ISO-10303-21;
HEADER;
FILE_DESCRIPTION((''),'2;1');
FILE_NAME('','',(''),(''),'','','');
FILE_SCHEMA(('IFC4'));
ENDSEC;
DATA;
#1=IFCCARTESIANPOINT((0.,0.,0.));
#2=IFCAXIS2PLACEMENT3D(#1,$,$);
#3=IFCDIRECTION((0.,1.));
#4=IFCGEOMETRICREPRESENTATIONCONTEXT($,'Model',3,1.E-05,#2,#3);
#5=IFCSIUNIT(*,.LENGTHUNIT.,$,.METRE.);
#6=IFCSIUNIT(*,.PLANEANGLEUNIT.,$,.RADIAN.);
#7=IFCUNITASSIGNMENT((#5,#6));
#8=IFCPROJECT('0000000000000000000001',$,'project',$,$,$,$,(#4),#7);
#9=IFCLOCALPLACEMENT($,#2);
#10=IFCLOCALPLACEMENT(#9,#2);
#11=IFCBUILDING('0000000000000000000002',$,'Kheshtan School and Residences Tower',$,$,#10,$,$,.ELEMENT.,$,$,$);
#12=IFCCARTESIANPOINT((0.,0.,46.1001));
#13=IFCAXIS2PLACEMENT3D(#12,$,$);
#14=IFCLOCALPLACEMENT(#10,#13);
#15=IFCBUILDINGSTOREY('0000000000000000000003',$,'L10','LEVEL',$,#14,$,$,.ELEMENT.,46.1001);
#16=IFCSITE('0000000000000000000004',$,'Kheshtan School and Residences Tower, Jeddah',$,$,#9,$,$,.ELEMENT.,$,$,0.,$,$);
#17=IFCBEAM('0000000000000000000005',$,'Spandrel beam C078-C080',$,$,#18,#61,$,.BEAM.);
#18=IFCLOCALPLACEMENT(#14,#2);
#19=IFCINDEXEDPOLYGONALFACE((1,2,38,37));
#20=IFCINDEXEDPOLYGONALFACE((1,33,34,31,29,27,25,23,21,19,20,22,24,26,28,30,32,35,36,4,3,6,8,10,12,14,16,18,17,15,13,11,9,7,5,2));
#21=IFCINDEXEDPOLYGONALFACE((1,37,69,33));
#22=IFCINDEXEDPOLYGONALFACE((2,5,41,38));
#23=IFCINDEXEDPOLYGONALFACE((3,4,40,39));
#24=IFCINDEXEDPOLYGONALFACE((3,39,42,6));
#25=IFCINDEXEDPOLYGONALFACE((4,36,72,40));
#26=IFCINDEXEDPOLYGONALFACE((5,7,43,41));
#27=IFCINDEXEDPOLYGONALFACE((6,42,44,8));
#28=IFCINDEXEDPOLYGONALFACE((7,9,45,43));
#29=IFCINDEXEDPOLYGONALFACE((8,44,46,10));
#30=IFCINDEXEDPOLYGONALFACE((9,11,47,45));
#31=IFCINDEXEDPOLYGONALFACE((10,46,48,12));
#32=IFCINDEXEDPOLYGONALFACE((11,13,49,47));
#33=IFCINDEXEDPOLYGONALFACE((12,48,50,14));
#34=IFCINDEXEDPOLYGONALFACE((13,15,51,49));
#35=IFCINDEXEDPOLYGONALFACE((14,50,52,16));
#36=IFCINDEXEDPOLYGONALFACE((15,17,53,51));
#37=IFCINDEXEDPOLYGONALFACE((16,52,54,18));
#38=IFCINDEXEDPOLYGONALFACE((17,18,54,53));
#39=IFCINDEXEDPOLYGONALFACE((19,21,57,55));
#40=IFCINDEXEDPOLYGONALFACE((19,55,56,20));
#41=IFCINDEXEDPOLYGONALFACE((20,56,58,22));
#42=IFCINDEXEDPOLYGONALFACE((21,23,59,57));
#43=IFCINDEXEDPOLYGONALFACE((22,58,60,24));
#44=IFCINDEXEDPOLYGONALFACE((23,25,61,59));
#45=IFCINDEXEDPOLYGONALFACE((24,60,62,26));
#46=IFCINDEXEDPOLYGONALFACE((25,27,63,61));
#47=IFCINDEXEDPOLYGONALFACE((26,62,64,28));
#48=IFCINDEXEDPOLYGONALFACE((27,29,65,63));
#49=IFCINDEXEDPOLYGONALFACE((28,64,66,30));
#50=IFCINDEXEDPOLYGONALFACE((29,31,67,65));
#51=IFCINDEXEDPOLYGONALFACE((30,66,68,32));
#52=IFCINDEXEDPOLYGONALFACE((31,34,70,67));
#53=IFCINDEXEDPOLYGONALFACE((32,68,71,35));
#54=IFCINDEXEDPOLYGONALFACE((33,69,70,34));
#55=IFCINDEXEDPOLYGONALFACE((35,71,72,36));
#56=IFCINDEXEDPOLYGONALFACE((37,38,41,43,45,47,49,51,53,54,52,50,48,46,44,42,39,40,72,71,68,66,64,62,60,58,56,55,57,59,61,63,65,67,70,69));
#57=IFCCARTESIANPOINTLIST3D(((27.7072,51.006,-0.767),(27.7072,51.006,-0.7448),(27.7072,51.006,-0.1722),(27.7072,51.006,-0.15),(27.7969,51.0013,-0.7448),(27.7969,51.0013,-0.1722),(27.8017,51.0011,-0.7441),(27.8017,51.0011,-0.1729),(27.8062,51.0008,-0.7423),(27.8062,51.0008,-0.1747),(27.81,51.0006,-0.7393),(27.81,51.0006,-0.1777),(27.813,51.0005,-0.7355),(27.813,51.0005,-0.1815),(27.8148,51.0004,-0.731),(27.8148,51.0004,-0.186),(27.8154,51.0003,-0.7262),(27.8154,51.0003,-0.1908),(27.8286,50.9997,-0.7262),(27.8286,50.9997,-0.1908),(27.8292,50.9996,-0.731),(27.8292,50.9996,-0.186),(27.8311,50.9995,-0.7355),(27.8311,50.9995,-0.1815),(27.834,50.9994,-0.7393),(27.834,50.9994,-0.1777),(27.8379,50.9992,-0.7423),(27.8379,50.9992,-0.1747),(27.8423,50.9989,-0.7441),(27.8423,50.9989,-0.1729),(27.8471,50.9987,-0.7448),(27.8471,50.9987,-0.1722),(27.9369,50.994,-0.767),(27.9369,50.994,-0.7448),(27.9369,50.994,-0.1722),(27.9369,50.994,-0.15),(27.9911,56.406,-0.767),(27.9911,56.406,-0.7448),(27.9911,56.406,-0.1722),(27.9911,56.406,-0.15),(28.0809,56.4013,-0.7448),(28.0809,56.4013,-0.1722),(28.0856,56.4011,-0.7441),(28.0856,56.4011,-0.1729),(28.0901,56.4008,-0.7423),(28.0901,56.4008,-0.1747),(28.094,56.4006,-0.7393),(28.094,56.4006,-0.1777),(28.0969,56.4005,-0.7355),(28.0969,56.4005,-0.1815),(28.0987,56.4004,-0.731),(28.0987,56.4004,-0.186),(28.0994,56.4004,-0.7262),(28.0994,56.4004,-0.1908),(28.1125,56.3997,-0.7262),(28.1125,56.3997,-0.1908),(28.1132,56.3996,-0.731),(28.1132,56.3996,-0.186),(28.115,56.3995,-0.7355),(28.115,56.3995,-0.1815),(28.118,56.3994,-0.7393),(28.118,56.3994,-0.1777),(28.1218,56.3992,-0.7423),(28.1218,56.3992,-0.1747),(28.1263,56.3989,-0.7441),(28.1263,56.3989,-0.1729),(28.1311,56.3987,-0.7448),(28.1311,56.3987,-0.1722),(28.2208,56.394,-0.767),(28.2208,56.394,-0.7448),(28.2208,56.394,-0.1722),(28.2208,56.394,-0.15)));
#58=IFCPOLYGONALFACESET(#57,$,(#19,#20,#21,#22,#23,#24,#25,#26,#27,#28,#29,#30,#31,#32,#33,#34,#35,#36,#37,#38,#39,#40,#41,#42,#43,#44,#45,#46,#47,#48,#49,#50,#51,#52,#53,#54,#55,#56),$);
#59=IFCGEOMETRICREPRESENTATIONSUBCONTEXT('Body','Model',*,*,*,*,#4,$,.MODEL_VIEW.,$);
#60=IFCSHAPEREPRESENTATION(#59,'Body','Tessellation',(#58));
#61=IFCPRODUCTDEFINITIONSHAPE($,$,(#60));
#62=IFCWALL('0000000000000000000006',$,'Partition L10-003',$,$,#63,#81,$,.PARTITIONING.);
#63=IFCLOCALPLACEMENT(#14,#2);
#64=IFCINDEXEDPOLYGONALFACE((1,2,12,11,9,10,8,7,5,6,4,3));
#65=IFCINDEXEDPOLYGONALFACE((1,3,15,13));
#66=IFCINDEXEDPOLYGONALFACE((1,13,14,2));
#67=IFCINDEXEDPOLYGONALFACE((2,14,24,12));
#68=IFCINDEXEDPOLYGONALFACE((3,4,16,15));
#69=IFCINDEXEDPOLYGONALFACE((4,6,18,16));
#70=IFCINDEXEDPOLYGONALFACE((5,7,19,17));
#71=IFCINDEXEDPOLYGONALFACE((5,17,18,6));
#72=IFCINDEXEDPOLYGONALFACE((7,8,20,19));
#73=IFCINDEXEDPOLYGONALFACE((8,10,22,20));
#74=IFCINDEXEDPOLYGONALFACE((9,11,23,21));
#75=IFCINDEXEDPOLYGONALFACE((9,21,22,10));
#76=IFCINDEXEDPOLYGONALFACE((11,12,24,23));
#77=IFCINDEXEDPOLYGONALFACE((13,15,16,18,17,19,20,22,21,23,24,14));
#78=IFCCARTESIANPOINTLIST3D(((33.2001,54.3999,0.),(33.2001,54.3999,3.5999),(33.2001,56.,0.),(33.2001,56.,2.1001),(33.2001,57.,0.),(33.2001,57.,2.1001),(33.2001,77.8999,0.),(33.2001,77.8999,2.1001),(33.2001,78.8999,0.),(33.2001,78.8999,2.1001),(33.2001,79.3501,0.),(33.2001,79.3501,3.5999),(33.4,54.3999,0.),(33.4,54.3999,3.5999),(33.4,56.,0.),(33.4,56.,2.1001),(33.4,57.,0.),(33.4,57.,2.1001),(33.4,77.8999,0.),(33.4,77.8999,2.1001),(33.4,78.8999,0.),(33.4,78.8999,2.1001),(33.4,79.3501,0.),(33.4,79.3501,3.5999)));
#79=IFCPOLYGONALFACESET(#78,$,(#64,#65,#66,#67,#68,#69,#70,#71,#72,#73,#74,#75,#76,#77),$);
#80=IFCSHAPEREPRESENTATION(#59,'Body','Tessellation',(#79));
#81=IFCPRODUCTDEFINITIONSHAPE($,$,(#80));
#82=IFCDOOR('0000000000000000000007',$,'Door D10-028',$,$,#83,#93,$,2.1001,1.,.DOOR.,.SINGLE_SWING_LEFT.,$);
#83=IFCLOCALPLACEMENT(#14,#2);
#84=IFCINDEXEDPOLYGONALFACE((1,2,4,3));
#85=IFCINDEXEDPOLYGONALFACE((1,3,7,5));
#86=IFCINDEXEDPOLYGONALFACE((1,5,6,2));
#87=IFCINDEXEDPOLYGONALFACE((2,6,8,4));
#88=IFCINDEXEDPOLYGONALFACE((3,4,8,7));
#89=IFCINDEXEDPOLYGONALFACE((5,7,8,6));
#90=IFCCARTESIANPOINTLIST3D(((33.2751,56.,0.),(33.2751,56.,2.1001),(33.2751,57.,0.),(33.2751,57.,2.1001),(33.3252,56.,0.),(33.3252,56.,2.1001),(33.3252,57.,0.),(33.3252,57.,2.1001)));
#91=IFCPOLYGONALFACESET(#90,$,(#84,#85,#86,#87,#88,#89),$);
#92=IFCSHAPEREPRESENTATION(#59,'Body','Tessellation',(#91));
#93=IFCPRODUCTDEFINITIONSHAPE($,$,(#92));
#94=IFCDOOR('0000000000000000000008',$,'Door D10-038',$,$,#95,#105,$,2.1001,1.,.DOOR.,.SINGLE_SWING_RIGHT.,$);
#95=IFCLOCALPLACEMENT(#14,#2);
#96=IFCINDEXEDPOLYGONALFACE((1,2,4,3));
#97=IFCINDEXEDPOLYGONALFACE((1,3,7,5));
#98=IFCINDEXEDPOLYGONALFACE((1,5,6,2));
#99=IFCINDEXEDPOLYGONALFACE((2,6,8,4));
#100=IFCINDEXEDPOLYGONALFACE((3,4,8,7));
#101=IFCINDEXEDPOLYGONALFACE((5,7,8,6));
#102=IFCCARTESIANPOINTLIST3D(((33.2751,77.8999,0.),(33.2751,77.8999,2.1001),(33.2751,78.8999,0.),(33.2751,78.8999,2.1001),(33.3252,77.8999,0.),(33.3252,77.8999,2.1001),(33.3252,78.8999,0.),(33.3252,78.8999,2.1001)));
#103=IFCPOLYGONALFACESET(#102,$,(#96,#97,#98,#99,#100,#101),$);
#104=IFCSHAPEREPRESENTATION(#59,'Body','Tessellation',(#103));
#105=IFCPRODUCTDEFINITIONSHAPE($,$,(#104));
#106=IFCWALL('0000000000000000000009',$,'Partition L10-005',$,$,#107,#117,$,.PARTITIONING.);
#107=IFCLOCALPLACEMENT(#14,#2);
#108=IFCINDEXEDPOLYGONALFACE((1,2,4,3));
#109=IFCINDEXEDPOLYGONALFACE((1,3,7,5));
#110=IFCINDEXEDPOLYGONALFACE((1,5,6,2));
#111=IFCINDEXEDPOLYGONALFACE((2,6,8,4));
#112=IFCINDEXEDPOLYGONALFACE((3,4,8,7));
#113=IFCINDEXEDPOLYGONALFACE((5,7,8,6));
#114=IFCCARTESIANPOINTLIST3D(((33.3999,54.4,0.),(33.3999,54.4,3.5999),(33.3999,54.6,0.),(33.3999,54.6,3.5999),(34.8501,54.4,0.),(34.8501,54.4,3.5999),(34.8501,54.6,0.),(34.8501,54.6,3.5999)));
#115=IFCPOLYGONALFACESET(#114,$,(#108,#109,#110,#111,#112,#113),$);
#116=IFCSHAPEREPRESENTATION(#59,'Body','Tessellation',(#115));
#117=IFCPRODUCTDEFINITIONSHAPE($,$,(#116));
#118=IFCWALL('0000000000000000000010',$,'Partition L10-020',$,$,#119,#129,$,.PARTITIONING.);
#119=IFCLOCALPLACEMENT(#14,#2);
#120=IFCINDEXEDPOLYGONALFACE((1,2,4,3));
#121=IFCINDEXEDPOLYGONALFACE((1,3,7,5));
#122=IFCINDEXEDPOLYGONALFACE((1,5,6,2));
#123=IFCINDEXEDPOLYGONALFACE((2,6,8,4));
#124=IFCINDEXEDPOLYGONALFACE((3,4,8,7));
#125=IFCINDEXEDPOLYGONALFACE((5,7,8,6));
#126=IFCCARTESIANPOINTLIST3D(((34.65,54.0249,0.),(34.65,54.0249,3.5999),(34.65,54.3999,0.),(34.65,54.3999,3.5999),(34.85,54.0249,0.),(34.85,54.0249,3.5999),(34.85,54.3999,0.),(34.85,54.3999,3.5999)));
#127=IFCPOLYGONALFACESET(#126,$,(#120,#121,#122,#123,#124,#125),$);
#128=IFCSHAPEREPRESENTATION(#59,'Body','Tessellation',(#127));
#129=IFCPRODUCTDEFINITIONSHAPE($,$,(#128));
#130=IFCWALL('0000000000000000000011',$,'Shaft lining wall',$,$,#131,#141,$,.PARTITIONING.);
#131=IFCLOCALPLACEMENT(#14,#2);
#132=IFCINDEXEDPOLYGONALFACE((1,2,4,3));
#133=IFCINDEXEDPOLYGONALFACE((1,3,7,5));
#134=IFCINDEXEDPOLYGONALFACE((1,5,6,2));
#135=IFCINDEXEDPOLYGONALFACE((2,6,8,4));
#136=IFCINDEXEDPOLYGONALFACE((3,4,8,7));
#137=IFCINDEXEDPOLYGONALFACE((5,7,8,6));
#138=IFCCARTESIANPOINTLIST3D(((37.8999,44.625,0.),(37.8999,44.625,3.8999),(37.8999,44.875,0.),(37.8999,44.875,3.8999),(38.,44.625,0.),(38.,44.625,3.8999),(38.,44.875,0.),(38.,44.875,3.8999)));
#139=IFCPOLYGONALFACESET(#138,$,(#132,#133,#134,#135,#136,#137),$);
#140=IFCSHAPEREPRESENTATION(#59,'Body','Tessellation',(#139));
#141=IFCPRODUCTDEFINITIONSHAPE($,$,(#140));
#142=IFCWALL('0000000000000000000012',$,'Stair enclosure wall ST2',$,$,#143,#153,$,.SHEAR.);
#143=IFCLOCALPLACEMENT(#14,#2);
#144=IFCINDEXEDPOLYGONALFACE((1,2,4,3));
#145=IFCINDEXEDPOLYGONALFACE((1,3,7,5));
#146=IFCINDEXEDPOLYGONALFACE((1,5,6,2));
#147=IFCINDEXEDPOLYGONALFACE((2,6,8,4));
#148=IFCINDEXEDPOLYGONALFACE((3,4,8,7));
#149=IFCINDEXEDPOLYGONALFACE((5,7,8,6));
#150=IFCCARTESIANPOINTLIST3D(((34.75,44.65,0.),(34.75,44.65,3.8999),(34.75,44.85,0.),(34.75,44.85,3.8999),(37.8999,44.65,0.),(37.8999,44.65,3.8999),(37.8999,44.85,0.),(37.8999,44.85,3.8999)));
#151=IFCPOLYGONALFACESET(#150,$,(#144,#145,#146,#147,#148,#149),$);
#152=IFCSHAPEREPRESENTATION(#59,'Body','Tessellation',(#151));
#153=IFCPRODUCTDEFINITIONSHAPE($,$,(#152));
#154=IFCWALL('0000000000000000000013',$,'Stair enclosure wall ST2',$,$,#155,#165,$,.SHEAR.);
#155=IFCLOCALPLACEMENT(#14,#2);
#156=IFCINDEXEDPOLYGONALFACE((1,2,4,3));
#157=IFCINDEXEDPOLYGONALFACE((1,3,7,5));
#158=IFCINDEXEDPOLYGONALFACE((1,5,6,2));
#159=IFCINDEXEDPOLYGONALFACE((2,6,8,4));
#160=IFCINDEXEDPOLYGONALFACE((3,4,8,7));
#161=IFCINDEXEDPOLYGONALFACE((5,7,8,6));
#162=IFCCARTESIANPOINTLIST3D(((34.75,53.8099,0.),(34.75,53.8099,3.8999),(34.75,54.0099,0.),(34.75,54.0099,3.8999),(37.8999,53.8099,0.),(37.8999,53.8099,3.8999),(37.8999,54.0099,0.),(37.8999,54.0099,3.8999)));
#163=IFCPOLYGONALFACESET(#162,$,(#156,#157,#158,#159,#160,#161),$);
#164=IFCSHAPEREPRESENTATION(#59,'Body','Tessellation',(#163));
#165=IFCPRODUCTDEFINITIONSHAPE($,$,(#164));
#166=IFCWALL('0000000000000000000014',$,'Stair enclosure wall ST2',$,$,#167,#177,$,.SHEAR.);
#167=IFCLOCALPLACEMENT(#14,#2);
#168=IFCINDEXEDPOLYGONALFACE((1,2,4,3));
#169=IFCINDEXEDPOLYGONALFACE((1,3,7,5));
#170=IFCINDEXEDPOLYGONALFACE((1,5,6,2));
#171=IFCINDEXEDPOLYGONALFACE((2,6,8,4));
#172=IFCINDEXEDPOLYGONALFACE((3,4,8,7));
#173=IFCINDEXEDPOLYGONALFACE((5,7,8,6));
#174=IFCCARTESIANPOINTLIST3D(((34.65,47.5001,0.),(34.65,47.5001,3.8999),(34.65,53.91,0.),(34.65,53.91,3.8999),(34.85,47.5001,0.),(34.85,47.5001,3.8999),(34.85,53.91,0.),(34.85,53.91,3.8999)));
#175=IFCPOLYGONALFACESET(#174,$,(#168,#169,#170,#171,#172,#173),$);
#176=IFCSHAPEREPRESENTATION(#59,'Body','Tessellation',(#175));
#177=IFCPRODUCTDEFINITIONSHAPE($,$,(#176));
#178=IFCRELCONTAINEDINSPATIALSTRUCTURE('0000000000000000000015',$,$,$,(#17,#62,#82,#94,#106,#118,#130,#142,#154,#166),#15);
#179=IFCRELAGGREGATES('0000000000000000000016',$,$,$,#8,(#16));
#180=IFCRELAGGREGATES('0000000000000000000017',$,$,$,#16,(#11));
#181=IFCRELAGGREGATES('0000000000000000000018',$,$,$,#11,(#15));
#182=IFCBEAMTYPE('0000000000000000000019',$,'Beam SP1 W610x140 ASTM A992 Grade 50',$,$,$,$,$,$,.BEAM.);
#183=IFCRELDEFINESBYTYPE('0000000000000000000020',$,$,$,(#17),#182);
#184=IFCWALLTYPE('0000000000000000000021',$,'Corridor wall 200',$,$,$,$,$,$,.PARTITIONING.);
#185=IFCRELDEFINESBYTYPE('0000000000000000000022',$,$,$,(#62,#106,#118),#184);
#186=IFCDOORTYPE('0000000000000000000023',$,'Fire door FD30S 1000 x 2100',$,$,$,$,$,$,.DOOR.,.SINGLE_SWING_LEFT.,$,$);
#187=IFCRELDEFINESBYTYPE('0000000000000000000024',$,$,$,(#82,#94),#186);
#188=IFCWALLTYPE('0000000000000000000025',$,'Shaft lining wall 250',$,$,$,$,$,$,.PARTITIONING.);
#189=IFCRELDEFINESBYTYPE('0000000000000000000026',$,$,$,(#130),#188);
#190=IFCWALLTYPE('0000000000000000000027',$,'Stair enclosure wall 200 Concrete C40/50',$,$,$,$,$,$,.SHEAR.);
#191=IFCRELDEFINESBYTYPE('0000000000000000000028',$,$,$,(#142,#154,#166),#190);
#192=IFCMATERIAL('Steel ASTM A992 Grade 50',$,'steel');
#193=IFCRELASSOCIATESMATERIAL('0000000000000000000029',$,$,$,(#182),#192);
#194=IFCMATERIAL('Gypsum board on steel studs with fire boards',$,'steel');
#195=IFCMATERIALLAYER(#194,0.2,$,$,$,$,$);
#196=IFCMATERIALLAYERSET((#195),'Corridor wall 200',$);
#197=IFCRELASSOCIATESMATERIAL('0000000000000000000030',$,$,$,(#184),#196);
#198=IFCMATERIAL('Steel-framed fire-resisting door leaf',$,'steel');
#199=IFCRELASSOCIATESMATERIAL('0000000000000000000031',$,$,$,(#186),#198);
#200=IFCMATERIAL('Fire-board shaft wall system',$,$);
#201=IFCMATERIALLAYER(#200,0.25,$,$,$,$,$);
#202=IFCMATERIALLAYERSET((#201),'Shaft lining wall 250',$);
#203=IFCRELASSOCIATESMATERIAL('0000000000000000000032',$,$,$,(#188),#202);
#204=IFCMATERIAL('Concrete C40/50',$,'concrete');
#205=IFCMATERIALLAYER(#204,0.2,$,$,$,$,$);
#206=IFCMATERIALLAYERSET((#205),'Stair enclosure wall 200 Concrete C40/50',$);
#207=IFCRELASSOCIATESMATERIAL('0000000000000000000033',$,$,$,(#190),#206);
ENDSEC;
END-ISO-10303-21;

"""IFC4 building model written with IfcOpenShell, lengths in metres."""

from ifc_helpers import new_model, si_unit, direction, frame, frame_2d, origin, origin_2d, place, context, subcontext, project, spatial, rectangle, i_section, extrude, source, transform, mapped, material, layer, layer_set, material_profile, profile_set, type_object, element, fill, save


model = new_model("IFC4")

# Units and contexts
model_context = context("Model", 3, precision=1e-05, world=origin(), true_north=direction((0.0, 1.0)))
body_context = subcontext(model_context, "Body", "Model", "MODEL_VIEW")
ifc_project = project(units=[si_unit("LENGTHUNIT", "METRE"), si_unit("PLANEANGLEUNIT", "RADIAN")], contexts=[model_context])

# Site, building, storey
site_placement = place(None, origin())
site = spatial("IfcSite", under=ifc_project, at=site_placement, Name="Kheshtan School and Residences Tower, Jeddah", CompositionType="ELEMENT", RefElevation=0.0)
building_placement = place(site_placement, origin())
building = spatial("IfcBuilding", under=site, at=building_placement, Name="Kheshtan School and Residences Tower", CompositionType="ELEMENT")
storey_placement = place(building_placement, frame((0.0, 0.0, 46.1001)))
storey = spatial("IfcBuildingStorey", under=building, at=storey_placement, Name="L10", Description="LEVEL", CompositionType="ELEMENT", Elevation=46.1001)

# Shared definitions
ifc_material_1 = material(Name="Steel ASTM A992 Grade 50", Category="steel")

# Beam
ifc_material_profile_1 = material_profile(ifc_material_1, i_section(OverallWidth=0.23, OverallDepth=0.6169, WebThickness=0.0132, FlangeThickness=0.0222, FilletRadius=0.0186, at=origin_2d()), Name="W610x140")
ifc_profile_set_1 = profile_set([ifc_material_profile_1], Name="Steel ASTM A992 Grade 50")
beam_type_1 = type_object("IfcBeamType", Name="Beam SP1 W610x140 ASTM A992 Grade 50", PredefinedType="BEAM", material=ifc_profile_set_1)
for number, where, z_axis, x_axis, name in (
    (1, (27.822, 51.0, -0.4585), (0.052509, 0.99862, 0.0), (-0.99862, 0.052509, 0.0), "Spandrel beam C078-C080"),
):
    element("IfcBeam", number, at=place(storey_placement, frame(where, z_axis=z_axis, x_axis=x_axis)), inside=storey, type_object=beam_type_1, Name=name, PredefinedType="BEAM", context=body_context, shape_type="SweptSolid", body=[
        extrude(i_section(OverallWidth=0.23, OverallDepth=0.6169, WebThickness=0.0132, FlangeThickness=0.0222, FilletRadius=0.0186, at=origin_2d()), origin(), (0.0, 0.0, 1.0), 5.4075),
    ])

# Wall, openings, doors
ifc_material_2 = material(Name="Gypsum board on steel studs with fire boards", Category="steel")
ifc_layer_1 = layer(ifc_material_2, 0.2)
ifc_layer_set_1 = layer_set([ifc_layer_1], Name="Corridor wall 200")
wall_type_1 = type_object("IfcWallType", Name="Corridor wall 200", PredefinedType="PARTITIONING", material=ifc_layer_set_1)
wall_1_placement = place(storey_placement, frame((33.3, 54.3999, 0.0), z_axis=(0.0, 0.0, 1.0), x_axis=(0.0, 1.0, 0.0)))
wall_1 = element("IfcWall", 2, at=wall_1_placement, inside=storey, type_object=wall_type_1, Name="Partition L10-003", PredefinedType="PARTITIONING", context=body_context, shape_type="SweptSolid", body=[
    extrude(rectangle(XDim=24.9502, YDim=0.2, at=frame_2d((12.4751, 0.0))), origin(), (0.0, 0.0, 1.0), 3.5999),
])
opening_1_placement = place(wall_1_placement, frame((1.6001, 0.0, 0.0)))
opening_1 = element("IfcOpeningElement", 3, at=opening_1_placement, cuts=wall_1, PredefinedType="OPENING", context=body_context, shape_type="SweptSolid", body=[
    extrude(rectangle(XDim=1.0, YDim=2.1001, at=frame_2d((0.5, 1.05))), frame((0.0, 0.1099, 0.0), z_axis=(0.0, -1.0, 0.0), x_axis=(1.0, 0.0, 0.0)), (0.0, 0.0, 1.0), 0.22),
])
opening_2_placement = place(wall_1_placement, frame((23.5, 0.0, 0.0)))
opening_2 = element("IfcOpeningElement", 4, at=opening_2_placement, cuts=wall_1, PredefinedType="OPENING", context=body_context, shape_type="SweptSolid", body=[
    extrude(rectangle(XDim=1.0, YDim=2.1001, at=frame_2d((0.5, 1.05))), frame((0.0, 0.1099, 0.0), z_axis=(0.0, -1.0, 0.0), x_axis=(1.0, 0.0, 0.0)), (0.0, 0.0, 1.0), 0.22),
])
ifc_material_3 = material(Name="Steel-framed fire-resisting door leaf", Category="steel")
door_type_1 = type_object("IfcDoorType", Name="Fire door FD30S 1000 x 2100", OperationType="SINGLE_SWING_LEFT", PredefinedType="DOOR", material=ifc_material_3)
shared_shape_1 = source(origin(), body_context, "Body", "SweptSolid", [
    extrude(rectangle(XDim=1.0, YDim=2.1001, at=frame_2d((0.5, 1.05))), frame((0.0, 0.0249, 0.0), z_axis=(0.0, -1.0, 0.0), x_axis=(1.0, 0.0, 0.0)), (0.0, 0.0, 1.0), 0.05),
])
door_1_placement = place(opening_1_placement, origin())
door_1 = element("IfcDoor", 5, at=door_1_placement, inside=storey, type_object=door_type_1, Name="Door D10-028", OperationType="SINGLE_SWING_LEFT", OverallHeight=2.1001, OverallWidth=1.0, PredefinedType="DOOR", context=body_context, shape_type="MappedRepresentation", body=[
    mapped(shared_shape_1, transform((0.0, 0.0, 0.0), x_axis=(1.0, 0.0, 0.0), y_axis=(0.0, 1.0, 0.0), z_axis=(0.0, 0.0, 1.0), scale=1.0)),
])
fill(opening_1, door_1)
door_2_placement = place(opening_2_placement, origin())
door_2 = element("IfcDoor", 6, at=door_2_placement, inside=storey, type_object=door_type_1, Name="Door D10-038", OperationType="SINGLE_SWING_RIGHT", OverallHeight=2.1001, OverallWidth=1.0, PredefinedType="DOOR", context=body_context, shape_type="MappedRepresentation", body=[
    mapped(shared_shape_1, transform((0.0, 0.0, 0.0), x_axis=(1.0, 0.0, 0.0), y_axis=(0.0, 1.0, 0.0), z_axis=(0.0, 0.0, 1.0), scale=1.0)),
])
fill(opening_2, door_2)

# Walls
wall_2_placement = place(storey_placement, frame((33.3999, 54.5, 0.0), z_axis=(0.0, 0.0, 1.0), x_axis=(1.0, 0.0, 0.0)))
element("IfcWall", 7, at=wall_2_placement, inside=storey, type_object=wall_type_1, Name="Partition L10-005", PredefinedType="PARTITIONING", context=body_context, shape_type="SweptSolid", body=[
    extrude(rectangle(XDim=1.4502, YDim=0.2, at=frame_2d((0.7251, 0.0))), origin(), (0.0, 0.0, 1.0), 3.5999),
])
wall_3_placement = place(storey_placement, frame((34.75, 54.0249, 0.0), z_axis=(0.0, 0.0, 1.0), x_axis=(0.0, 1.0, 0.0)))
element("IfcWall", 8, at=wall_3_placement, inside=storey, type_object=wall_type_1, Name="Partition L10-020", PredefinedType="PARTITIONING", context=body_context, shape_type="SweptSolid", body=[
    extrude(rectangle(XDim=0.375, YDim=0.2, at=frame_2d((0.1875, 0.0))), origin(), (0.0, 0.0, 1.0), 3.5999),
])
ifc_material_4 = material(Name="Fire-board shaft wall system")
ifc_layer_2 = layer(ifc_material_4, 0.25)
ifc_layer_set_2 = layer_set([ifc_layer_2], Name="Shaft lining wall 250")
wall_type_2 = type_object("IfcWallType", Name="Shaft lining wall 250", PredefinedType="PARTITIONING", material=ifc_layer_set_2)
wall_4_placement = place(storey_placement, frame((37.8999, 44.75, 0.0), z_axis=(0.0, 0.0, 1.0), x_axis=(1.0, 0.0, 0.0)))
element("IfcWall", 9, at=wall_4_placement, inside=storey, type_object=wall_type_2, Name="Shaft lining wall", PredefinedType="PARTITIONING", context=body_context, shape_type="SweptSolid", body=[
    extrude(rectangle(XDim=0.1001, YDim=0.25, at=frame_2d((0.05, 0.0))), origin(), (0.0, 0.0, 1.0), 3.8999),
])
ifc_material_5 = material(Name="Concrete C40/50", Category="concrete")
ifc_layer_3 = layer(ifc_material_5, 0.2)
ifc_layer_set_3 = layer_set([ifc_layer_3], Name="Stair enclosure wall 200 Concrete C40/50")
wall_type_3 = type_object("IfcWallType", Name="Stair enclosure wall 200 Concrete C40/50", PredefinedType="SHEAR", material=ifc_layer_set_3)
for number, where, z_axis, x_axis, name in (
    (10, (34.75, 44.75, 0.0), (0.0, 0.0, 1.0), (1.0, 0.0, 0.0), "Stair enclosure wall ST2"),
    (11, (34.75, 53.9099, 0.0), (0.0, 0.0, 1.0), (1.0, 0.0, 0.0), "Stair enclosure wall ST2"),
):
    element("IfcWall", number, at=place(storey_placement, frame(where, z_axis=z_axis, x_axis=x_axis)), inside=storey, type_object=wall_type_3, Name=name, PredefinedType="SHEAR", context=body_context, shape_type="SweptSolid", body=[
        extrude(rectangle(XDim=3.1499, YDim=0.2, at=frame_2d((1.575, 0.0))), origin(), (0.0, 0.0, 1.0), 3.8999),
    ])
wall_5_placement = place(storey_placement, frame((34.75, 47.5, 0.0), z_axis=(0.0, 0.0, 1.0), x_axis=(0.0, 1.0, 0.0)))
element("IfcWall", 12, at=wall_5_placement, inside=storey, type_object=wall_type_3, Name="Stair enclosure wall ST2", PredefinedType="SHEAR", context=body_context, shape_type="SweptSolid", body=[
    extrude(rectangle(XDim=6.4099, YDim=0.2, at=frame_2d((3.2051, 0.0))), origin(), (0.0, 0.0, 1.0), 3.8999),
])

save(model, "model.ifc")
